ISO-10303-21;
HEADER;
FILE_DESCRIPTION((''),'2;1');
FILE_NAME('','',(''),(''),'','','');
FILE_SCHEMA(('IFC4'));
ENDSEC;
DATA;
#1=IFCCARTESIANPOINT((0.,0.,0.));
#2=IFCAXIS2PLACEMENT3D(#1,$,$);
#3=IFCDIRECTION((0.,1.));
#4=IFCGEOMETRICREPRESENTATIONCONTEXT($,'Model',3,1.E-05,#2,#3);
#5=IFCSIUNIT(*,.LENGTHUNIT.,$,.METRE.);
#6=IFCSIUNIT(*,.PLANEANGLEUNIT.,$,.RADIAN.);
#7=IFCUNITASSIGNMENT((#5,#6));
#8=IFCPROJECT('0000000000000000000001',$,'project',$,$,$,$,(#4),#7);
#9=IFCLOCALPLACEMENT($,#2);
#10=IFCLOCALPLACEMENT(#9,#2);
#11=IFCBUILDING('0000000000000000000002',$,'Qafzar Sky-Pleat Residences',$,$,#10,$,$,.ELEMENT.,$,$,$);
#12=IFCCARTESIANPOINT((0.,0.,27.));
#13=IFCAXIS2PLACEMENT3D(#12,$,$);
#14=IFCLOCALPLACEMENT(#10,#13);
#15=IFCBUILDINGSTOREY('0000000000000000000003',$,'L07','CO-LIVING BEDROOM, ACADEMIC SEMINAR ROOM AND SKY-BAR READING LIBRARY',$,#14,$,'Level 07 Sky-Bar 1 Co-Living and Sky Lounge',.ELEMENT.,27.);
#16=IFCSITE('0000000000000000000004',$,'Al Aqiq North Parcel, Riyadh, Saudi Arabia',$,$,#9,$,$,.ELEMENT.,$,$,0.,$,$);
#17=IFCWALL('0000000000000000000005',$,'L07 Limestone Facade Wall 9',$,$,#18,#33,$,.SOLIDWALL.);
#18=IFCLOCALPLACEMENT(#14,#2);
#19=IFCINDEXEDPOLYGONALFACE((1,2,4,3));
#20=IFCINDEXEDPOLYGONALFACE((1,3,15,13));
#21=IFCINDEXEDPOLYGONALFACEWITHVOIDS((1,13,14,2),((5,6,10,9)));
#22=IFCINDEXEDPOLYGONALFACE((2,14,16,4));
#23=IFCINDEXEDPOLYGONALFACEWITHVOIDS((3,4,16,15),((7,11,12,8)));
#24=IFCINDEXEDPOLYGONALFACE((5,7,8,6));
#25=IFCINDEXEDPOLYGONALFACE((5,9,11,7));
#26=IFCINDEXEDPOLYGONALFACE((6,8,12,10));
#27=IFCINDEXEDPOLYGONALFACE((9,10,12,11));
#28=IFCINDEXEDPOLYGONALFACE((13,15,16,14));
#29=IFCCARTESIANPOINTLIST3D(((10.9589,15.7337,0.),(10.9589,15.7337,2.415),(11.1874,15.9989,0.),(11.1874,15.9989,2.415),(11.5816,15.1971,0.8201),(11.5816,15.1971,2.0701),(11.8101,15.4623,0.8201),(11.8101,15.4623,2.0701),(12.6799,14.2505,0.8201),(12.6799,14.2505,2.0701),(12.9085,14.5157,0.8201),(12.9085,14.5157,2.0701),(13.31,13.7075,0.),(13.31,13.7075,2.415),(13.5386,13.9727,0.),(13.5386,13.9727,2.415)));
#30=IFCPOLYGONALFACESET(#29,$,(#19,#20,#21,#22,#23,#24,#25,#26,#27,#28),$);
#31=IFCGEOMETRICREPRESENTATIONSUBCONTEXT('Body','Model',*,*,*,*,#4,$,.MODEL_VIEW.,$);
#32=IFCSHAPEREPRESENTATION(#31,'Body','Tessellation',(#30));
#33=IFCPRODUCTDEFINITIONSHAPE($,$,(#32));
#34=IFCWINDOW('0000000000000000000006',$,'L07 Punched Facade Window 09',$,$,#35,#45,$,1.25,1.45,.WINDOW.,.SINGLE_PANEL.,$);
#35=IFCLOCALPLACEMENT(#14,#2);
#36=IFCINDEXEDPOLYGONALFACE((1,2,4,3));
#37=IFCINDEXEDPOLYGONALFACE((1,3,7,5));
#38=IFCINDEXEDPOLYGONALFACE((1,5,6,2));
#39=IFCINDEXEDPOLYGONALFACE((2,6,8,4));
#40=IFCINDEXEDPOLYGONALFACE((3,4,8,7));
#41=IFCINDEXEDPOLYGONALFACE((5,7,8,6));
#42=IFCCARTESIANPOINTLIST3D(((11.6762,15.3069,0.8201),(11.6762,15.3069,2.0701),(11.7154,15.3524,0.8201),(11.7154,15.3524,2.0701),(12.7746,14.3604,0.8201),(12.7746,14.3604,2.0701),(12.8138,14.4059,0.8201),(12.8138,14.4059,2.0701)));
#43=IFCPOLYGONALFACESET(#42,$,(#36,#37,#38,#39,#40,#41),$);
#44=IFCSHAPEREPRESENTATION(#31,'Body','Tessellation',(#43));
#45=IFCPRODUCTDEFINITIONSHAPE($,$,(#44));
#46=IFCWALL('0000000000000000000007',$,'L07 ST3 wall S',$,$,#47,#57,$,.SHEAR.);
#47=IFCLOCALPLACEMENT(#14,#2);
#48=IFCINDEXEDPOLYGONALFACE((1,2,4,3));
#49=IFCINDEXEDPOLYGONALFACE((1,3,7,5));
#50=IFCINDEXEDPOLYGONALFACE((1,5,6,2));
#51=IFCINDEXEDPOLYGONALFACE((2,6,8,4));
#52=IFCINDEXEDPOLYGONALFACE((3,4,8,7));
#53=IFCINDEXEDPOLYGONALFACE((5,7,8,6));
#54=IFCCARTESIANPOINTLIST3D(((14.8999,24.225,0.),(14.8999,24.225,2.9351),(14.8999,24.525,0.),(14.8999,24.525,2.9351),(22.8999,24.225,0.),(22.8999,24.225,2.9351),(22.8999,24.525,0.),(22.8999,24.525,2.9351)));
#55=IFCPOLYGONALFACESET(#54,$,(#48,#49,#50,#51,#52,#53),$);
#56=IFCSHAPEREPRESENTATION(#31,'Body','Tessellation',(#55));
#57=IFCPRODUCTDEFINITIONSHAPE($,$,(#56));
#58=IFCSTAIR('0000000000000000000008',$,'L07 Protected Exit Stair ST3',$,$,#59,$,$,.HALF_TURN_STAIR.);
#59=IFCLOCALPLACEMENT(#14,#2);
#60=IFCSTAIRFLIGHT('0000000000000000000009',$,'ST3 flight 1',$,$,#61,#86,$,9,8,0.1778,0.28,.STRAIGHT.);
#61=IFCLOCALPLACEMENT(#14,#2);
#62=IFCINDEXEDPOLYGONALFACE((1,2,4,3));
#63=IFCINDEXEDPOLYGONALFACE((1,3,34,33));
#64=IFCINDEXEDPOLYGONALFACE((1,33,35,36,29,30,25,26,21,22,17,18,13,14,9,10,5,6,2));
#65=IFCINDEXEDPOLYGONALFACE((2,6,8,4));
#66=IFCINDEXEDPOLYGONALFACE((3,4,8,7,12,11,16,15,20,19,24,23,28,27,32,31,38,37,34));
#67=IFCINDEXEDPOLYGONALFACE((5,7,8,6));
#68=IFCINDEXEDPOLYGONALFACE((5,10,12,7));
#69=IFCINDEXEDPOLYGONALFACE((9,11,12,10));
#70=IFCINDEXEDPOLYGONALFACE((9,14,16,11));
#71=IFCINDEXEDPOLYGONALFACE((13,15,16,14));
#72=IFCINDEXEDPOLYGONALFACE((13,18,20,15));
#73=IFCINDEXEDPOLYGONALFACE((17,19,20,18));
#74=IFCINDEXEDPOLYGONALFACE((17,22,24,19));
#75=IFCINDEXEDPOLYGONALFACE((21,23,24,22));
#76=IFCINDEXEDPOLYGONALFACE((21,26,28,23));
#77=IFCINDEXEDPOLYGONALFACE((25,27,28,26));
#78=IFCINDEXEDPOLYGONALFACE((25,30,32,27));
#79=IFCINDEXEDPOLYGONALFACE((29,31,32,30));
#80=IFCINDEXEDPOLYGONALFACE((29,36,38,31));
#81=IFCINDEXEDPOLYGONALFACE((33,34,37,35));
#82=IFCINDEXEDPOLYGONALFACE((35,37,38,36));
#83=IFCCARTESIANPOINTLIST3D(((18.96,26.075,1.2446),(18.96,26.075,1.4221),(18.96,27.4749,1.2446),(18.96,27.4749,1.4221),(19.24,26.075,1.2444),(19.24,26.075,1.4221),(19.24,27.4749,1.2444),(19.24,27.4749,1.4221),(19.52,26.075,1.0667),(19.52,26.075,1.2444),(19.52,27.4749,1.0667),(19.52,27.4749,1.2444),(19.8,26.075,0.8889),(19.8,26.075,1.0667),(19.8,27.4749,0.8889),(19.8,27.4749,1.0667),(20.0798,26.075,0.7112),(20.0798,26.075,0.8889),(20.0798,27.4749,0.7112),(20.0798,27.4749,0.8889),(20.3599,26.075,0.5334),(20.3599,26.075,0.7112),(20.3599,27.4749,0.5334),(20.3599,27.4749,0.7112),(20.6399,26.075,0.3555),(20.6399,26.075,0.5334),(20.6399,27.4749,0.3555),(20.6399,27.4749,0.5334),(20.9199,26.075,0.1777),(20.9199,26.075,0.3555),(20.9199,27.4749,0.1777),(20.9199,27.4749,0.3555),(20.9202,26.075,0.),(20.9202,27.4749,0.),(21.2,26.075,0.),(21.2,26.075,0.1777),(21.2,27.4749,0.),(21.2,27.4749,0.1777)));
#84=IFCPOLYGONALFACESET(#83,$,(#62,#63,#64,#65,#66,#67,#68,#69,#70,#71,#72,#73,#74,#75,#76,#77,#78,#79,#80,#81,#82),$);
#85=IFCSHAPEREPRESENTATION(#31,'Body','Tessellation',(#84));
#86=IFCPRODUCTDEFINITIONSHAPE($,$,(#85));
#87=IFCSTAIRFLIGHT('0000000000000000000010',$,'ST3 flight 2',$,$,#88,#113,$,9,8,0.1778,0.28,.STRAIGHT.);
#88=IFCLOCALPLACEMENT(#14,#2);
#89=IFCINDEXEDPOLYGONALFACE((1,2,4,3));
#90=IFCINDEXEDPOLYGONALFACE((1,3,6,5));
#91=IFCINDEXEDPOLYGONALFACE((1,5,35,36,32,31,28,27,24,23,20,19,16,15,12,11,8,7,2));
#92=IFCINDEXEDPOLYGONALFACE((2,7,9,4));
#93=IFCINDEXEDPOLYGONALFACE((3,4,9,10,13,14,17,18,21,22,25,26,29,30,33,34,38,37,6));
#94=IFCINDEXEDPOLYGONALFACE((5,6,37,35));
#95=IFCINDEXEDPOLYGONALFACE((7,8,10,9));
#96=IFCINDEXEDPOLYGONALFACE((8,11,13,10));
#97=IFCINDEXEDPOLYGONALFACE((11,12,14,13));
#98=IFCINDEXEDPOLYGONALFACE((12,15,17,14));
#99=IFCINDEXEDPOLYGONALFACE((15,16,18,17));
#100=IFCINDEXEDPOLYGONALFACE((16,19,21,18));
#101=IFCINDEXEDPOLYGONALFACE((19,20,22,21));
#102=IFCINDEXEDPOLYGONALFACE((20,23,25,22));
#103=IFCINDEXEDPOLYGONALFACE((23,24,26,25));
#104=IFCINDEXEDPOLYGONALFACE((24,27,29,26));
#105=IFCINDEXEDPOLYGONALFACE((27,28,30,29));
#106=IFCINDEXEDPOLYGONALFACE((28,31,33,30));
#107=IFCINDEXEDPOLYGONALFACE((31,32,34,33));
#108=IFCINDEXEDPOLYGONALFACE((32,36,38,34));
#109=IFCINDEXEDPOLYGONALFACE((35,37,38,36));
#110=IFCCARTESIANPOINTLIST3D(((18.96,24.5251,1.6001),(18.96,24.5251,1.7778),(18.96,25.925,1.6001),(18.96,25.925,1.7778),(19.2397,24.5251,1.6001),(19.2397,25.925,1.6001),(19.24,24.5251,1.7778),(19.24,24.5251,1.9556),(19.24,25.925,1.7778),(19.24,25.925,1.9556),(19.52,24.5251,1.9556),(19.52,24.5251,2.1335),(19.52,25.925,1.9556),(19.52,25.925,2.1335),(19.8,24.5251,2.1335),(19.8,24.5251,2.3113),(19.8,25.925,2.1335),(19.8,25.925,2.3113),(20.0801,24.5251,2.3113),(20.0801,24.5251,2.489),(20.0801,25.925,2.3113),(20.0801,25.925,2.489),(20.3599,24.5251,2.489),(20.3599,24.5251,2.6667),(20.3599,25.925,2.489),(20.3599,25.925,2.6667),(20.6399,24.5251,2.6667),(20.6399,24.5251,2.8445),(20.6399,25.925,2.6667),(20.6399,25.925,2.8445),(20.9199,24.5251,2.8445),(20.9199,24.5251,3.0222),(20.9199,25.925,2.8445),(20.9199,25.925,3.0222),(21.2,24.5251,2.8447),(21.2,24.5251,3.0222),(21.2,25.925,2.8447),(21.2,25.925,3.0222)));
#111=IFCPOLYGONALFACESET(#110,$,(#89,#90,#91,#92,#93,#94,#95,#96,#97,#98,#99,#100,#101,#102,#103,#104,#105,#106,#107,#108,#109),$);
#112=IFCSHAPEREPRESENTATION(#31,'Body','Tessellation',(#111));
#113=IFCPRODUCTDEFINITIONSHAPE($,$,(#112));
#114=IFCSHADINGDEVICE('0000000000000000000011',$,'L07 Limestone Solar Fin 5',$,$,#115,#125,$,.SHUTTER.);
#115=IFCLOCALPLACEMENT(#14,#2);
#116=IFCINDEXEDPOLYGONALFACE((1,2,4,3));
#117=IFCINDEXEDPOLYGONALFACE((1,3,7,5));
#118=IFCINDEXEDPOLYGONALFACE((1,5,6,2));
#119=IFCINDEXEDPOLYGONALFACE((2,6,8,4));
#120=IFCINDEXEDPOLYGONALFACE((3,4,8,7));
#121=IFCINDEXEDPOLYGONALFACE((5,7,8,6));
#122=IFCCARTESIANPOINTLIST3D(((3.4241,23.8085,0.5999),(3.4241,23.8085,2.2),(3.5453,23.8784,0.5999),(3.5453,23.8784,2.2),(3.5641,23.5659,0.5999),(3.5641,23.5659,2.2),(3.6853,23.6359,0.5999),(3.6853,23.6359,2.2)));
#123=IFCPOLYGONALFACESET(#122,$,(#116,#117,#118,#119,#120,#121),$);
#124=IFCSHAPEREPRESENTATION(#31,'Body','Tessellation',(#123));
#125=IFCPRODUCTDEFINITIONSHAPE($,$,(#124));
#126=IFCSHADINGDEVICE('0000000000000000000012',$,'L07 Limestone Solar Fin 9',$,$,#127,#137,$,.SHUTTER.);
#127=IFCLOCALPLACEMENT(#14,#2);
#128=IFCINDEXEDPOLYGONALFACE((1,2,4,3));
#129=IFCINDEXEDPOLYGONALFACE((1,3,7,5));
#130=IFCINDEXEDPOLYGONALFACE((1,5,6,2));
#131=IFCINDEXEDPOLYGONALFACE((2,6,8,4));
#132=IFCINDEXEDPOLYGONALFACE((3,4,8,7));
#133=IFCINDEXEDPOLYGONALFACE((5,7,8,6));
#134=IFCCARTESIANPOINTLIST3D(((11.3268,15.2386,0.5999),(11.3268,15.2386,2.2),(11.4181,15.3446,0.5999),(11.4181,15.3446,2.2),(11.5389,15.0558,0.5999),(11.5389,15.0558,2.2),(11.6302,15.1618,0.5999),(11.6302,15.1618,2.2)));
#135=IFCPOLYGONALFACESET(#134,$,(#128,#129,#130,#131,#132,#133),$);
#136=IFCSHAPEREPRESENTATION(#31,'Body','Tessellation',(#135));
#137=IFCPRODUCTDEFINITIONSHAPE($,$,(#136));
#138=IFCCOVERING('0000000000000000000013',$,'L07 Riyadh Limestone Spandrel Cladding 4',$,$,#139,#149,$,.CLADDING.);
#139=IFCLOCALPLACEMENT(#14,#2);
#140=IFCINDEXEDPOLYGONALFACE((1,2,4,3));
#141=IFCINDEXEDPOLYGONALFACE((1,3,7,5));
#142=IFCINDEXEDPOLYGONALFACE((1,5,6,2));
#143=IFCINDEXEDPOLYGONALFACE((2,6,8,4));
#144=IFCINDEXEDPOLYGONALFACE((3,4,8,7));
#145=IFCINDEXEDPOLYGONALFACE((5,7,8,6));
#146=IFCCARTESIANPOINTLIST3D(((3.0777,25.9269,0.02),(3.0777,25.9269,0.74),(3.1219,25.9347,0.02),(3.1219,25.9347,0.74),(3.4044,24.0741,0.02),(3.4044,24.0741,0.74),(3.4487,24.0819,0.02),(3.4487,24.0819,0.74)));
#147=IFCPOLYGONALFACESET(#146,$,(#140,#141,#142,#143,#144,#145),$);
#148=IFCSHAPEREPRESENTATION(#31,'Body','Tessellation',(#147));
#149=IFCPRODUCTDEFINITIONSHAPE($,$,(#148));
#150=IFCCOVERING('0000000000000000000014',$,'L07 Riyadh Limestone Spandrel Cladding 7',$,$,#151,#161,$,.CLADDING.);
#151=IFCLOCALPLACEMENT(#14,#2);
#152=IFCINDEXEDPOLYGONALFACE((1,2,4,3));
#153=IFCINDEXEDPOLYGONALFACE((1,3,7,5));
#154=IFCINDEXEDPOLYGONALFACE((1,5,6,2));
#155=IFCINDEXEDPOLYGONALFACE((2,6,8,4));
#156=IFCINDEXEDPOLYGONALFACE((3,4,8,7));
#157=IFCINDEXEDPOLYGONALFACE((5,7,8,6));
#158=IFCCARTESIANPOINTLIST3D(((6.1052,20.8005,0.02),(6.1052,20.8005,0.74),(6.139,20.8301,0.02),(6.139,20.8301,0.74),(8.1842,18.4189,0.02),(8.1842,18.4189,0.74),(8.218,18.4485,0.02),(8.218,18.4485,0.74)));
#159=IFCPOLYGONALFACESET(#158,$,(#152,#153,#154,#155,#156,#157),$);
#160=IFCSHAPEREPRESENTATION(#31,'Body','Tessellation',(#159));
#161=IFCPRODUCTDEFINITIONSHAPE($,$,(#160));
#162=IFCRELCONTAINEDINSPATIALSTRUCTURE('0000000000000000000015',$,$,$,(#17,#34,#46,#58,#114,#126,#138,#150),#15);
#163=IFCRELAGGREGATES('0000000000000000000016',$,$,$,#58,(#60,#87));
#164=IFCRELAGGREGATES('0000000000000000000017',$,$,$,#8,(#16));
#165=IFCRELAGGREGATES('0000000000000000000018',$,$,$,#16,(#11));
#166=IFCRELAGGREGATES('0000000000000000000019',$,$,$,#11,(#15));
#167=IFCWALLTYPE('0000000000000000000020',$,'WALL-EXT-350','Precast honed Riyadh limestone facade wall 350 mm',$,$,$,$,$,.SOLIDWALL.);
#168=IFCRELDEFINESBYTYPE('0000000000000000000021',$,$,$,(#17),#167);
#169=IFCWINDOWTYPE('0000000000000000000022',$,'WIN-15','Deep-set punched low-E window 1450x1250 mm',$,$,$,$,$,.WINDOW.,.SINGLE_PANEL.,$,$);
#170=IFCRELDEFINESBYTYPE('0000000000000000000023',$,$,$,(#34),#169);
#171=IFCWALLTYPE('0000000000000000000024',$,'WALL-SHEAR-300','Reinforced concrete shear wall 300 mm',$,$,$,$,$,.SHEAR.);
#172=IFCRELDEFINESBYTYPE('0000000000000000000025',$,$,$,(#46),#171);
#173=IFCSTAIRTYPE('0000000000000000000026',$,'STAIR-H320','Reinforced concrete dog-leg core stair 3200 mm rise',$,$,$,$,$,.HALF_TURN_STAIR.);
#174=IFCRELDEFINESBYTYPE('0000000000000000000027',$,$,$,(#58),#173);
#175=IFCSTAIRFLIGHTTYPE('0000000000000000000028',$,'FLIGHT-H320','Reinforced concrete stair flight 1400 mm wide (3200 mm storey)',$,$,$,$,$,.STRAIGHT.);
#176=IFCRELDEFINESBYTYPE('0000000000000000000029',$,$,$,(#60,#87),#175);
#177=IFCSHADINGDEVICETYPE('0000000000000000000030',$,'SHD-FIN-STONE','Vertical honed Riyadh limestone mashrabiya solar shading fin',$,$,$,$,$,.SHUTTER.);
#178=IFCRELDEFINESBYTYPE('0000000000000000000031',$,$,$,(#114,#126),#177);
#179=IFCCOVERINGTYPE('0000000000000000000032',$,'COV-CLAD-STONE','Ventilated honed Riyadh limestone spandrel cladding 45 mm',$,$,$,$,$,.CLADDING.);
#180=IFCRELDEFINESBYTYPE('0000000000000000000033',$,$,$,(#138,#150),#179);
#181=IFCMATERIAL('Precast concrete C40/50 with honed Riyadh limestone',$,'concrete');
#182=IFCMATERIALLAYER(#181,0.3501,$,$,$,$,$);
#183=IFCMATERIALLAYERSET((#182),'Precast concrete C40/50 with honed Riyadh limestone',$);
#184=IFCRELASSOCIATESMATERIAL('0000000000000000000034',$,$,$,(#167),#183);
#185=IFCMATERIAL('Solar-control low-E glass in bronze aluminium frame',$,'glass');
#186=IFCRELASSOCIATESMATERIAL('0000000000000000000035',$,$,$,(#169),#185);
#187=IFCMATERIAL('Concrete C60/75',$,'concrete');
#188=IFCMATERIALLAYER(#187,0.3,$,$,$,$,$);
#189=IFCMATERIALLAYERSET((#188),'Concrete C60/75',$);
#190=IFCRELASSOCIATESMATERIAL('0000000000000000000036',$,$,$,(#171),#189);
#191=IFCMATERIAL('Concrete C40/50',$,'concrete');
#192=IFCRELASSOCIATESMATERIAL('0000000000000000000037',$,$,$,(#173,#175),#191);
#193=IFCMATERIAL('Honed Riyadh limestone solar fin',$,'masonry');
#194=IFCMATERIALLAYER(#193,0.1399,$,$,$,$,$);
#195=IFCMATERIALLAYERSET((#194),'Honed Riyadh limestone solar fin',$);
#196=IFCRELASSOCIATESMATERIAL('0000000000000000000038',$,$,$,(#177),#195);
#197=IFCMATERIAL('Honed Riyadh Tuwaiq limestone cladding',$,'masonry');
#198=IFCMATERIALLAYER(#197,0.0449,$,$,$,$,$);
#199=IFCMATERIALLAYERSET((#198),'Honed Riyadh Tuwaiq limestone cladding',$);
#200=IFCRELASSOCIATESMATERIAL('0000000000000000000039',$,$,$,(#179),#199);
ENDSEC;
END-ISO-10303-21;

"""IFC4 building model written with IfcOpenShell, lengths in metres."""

from ifc_helpers import new_model, si_unit, direction, frame, frame_2d, origin, origin_2d, place, context, subcontext, project, spatial, polyline, rectangle, outline, extrude, source, transform, mapped, material, layer, layer_set, type_object, element, fill, aggregate, save


model = new_model("IFC4")

# Units and contexts
model_context = context("Model", 3, precision=1e-05, world=origin(), true_north=direction((0.0, 1.0)))
body_context = subcontext(model_context, "Body", "Model", "MODEL_VIEW")
ifc_project = project(units=[si_unit("LENGTHUNIT", "METRE"), si_unit("PLANEANGLEUNIT", "RADIAN")], contexts=[model_context])

# Site, building, storey
site_placement = place(None, origin())
site = spatial("IfcSite", under=ifc_project, at=site_placement, Name="Al Aqiq North Parcel, Riyadh, Saudi Arabia", CompositionType="ELEMENT", RefElevation=0.0)
building_placement = place(site_placement, origin())
building = spatial("IfcBuilding", under=site, at=building_placement, Name="Qafzar Sky-Pleat Residences", CompositionType="ELEMENT")
storey_placement = place(building_placement, frame((0.0, 0.0, 27.0)))
storey = spatial("IfcBuildingStorey", under=building, at=storey_placement, Name="L07", Description="CO-LIVING BEDROOM, ACADEMIC SEMINAR ROOM AND SKY-BAR READING LIBRARY", LongName="Level 07 Sky-Bar 1 Co-Living and Sky Lounge", CompositionType="ELEMENT", Elevation=27.0)

# Shared definitions
ifc_material_1 = material(Name="Concrete C60/75", Category="concrete")

# Shared definitions
ifc_material_2 = material(Name="Precast concrete C40/50 with honed Riyadh limestone", Category="concrete")
ifc_layer_1 = layer(ifc_material_2, 0.3501)
ifc_layer_set_1 = layer_set([ifc_layer_1], Name="Precast concrete C40/50 with honed Riyadh limestone")
wall_type_1 = type_object("IfcWallType", Name="WALL-EXT-350", Description="Precast honed Riyadh limestone facade wall 350 mm", PredefinedType="SOLIDWALL", material=ifc_layer_set_1)
ifc_material_3 = material(Name="Solar-control low-E glass in bronze aluminium frame", Category="glass")
window_type_1 = type_object("IfcWindowType", Name="WIN-15", Description="Deep-set punched low-E window 1450x1250 mm", PartitioningType="SINGLE_PANEL", PredefinedType="WINDOW", material=ifc_material_3)
shared_shape_1 = source(origin(), body_context, "Body", "SweptSolid", [
    extrude(rectangle(XDim=1.45, YDim=1.25, at=frame_2d((0.7251, 0.625))), frame((0.0, 0.03, 0.0), z_axis=(0.0, -1.0, 0.0), x_axis=(1.0, 0.0, 0.0)), (0.0, 0.0, 1.0), 0.0601),
])

# Wall, opening, window
wall_1_placement = place(storey_placement, frame((11.0732, 15.8662, 0.0), z_axis=(0.0, 0.0, 1.0), x_axis=(0.757516, -0.652817, 0.0)))
wall_1 = element("IfcWall", 1, at=wall_1_placement, inside=storey, type_object=wall_type_1, Name="L07 Limestone Facade Wall 9", PredefinedType="SOLIDWALL", context=body_context, shape_type="SweptSolid", body=[
    extrude(rectangle(XDim=3.1038, YDim=0.3501, at=frame_2d((1.5518, 0.0))), origin(), (0.0, 0.0, 1.0), 2.415),
])
opening_1_placement = place(wall_1_placement, frame((0.8218, 0.0, 0.8201)))
opening_1 = element("IfcOpeningElement", 2, at=opening_1_placement, cuts=wall_1, PredefinedType="OPENING", context=body_context, shape_type="SweptSolid", body=[
    extrude(rectangle(XDim=1.45, YDim=1.25, at=frame_2d((0.7251, 0.625))), frame((0.0, 0.1851, 0.0), z_axis=(0.0, -1.0, 0.0), x_axis=(1.0, 0.0, 0.0)), (0.0, 0.0, 1.0), 0.3701),
])
window_1_placement = place(opening_1_placement, origin())
window_1 = element("IfcWindow", 3, at=window_1_placement, inside=storey, type_object=window_type_1, Name="L07 Punched Facade Window 09", OverallHeight=1.25, OverallWidth=1.45, PartitioningType="SINGLE_PANEL", PredefinedType="WINDOW", context=body_context, shape_type="MappedRepresentation", body=[
    mapped(shared_shape_1, transform((0.0, 0.0, 0.0), x_axis=(1.0, 0.0, 0.0), y_axis=(0.0, 1.0, 0.0), z_axis=(0.0, 0.0, 1.0), scale=1.0)),
])
fill(opening_1, window_1)

# Wall
ifc_layer_2 = layer(ifc_material_1, 0.3)
ifc_layer_set_2 = layer_set([ifc_layer_2], Name="Concrete C60/75")
wall_type_2 = type_object("IfcWallType", Name="WALL-SHEAR-300", Description="Reinforced concrete shear wall 300 mm", PredefinedType="SHEAR", material=ifc_layer_set_2)
wall_2_placement = place(storey_placement, frame((14.8999, 24.375, 0.0), z_axis=(0.0, 0.0, 1.0), x_axis=(1.0, 0.0, 0.0)))
element("IfcWall", 4, at=wall_2_placement, inside=storey, type_object=wall_type_2, Name="L07 ST3 wall S", PredefinedType="SHEAR", context=body_context, shape_type="SweptSolid", body=[
    extrude(rectangle(XDim=8.0, YDim=0.3, at=frame_2d((4.0, 0.0))), origin(), (0.0, 0.0, 1.0), 2.9351),
])

# Stair, stair flights
ifc_material_4 = material(Name="Concrete C40/50", Category="concrete")
stair_type = type_object("IfcStairType", Name="STAIR-H320", Description="Reinforced concrete dog-leg core stair 3200 mm rise", PredefinedType="HALF_TURN_STAIR", material=ifc_material_4)
stair_placement = place(storey_placement, origin())
stair = element("IfcStair", 5, at=stair_placement, inside=storey, type_object=stair_type, Name="L07 Protected Exit Stair ST3", PredefinedType="HALF_TURN_STAIR")
stair_flight_type = type_object("IfcStairFlightType", Name="FLIGHT-H320", Description="Reinforced concrete stair flight 1400 mm wide (3200 mm storey)", PredefinedType="STRAIGHT", material=ifc_material_4)
shared_shape_2 = source(origin(), body_context, "Body", "SweptSolid", [
    extrude(outline(polyline([(0.0, 0.0), (0.0, 0.1777), (0.28, 0.1777), (0.28, 0.3555), (0.5601, 0.3555), (0.5601, 0.5334), (0.8401, 0.5334), (0.8401, 0.7112), (1.1201, 0.7112), (1.1201, 0.8889), (1.3999, 0.8889), (1.3999, 1.0667), (1.6799, 1.0667), (1.6799, 1.2444), (1.96, 1.2444), (1.96, 1.4221), (2.24, 1.4221), (2.24, 1.6001), (2.24, 1.2446), (0.2798, 0.0), (0.0, 0.0)])), frame((0.0, 0.7, 0.0), z_axis=(0.0, -1.0, 0.0), x_axis=(1.0, 0.0, 0.0)), (0.0, 0.0, 1.0), 1.3999),
])
stair_flight_1_placement = place(storey_placement, frame((21.2, 26.7749, 0.0), z_axis=(0.0, 0.0, 1.0), x_axis=(-1.0, 0.0, 0.0)))
stair_flight_1 = element("IfcStairFlight", 6, at=stair_flight_1_placement, type_object=stair_flight_type, Name="ST3 flight 1", NumberOfRisers=9, NumberOfTreads=8, PredefinedType="STRAIGHT", RiserHeight=0.1778, TreadLength=0.28, context=body_context, shape_type="MappedRepresentation", body=[
    mapped(shared_shape_2, transform((0.0, 0.0, 0.0), x_axis=(1.0, 0.0, 0.0), y_axis=(0.0, 1.0, 0.0), z_axis=(0.0, 0.0, 1.0), scale=1.0)),
])
stair_flight_2_placement = place(storey_placement, frame((18.96, 25.2251, 1.6001), z_axis=(0.0, 0.0, 1.0), x_axis=(1.0, 0.0, 0.0)))
stair_flight_2 = element("IfcStairFlight", 7, at=stair_flight_2_placement, type_object=stair_flight_type, Name="ST3 flight 2", NumberOfRisers=9, NumberOfTreads=8, PredefinedType="STRAIGHT", RiserHeight=0.1778, TreadLength=0.28, context=body_context, shape_type="MappedRepresentation", body=[
    mapped(shared_shape_2, transform((0.0, 0.0, 0.0), x_axis=(1.0, 0.0, 0.0), y_axis=(0.0, 1.0, 0.0), z_axis=(0.0, 0.0, 1.0), scale=1.0)),
])
aggregate(stair, [stair_flight_1, stair_flight_2])

# Shading devices
ifc_material_5 = material(Name="Honed Riyadh limestone solar fin", Category="masonry")
ifc_layer_3 = layer(ifc_material_5, 0.1399)
ifc_layer_set_3 = layer_set([ifc_layer_3], Name="Honed Riyadh limestone solar fin")
shading_device_type = type_object("IfcShadingDeviceType", Name="SHD-FIN-STONE", Description="Vertical honed Riyadh limestone mashrabiya solar shading fin", PredefinedType="SHUTTER", material=ifc_layer_set_3)
shared_shape_3 = source(origin(), body_context, "Body", "SweptSolid", [
    extrude(rectangle(XDim=0.1399, YDim=0.28, at=origin_2d()), origin(), (0.0, 0.0, 1.0), 1.6001),
])
for number, where, z_axis, x_axis, name in (
    (8, (3.5547, 23.7222, 0.5999), (0.0, 0.0, 1.0), (-0.866044, -0.499967, 0.0), "L07 Limestone Solar Fin 5"),
    (9, (11.4785, 15.2002, 0.5999), (0.0, 0.0, 1.0), (-0.652861, -0.757477, 0.0), "L07 Limestone Solar Fin 9"),
):
    element("IfcShadingDevice", number, at=place(storey_placement, frame(where, z_axis=z_axis, x_axis=x_axis)), inside=storey, type_object=shading_device_type, Name=name, PredefinedType="SHUTTER", context=body_context, shape_type="MappedRepresentation", body=[
        mapped(shared_shape_3, transform((0.0, 0.0, 0.0), x_axis=(1.0, 0.0, 0.0), y_axis=(0.0, 1.0, 0.0), z_axis=(0.0, 0.0, 1.0), scale=1.0)),
    ])

# Covering
ifc_material_6 = material(Name="Honed Riyadh Tuwaiq limestone cladding", Category="masonry")
ifc_layer_4 = layer(ifc_material_6, 0.0449)
ifc_layer_set_4 = layer_set([ifc_layer_4], Name="Honed Riyadh Tuwaiq limestone cladding")
covering_type = type_object("IfcCoveringType", Name="COV-CLAD-STONE", Description="Ventilated honed Riyadh limestone spandrel cladding 45 mm", PredefinedType="CLADDING", material=ifc_layer_set_4)
shared_shape_4 = source(origin(), body_context, "Body", "SweptSolid", [
    extrude(rectangle(XDim=1.8813, YDim=0.0449, at=origin_2d()), origin(), (0.0, 0.0, 1.0), 0.72),
])
covering_1_placement = place(storey_placement, frame((3.2632, 25.0044, 0.02), z_axis=(0.0, 0.0, 1.0), x_axis=(0.173663, -0.984805, 0.0)))
element("IfcCovering", 10, at=covering_1_placement, inside=storey, type_object=covering_type, Name="L07 Riyadh Limestone Spandrel Cladding 4", PredefinedType="CLADDING", context=body_context, shape_type="MappedRepresentation", body=[
    mapped(shared_shape_4, transform((0.0, 0.0, 0.0), x_axis=(1.0, 0.0, 0.0), y_axis=(0.0, 1.0, 0.0), z_axis=(0.0, 0.0, 1.0), scale=1.0)),
])

# Covering
shared_shape_5 = source(origin(), body_context, "Body", "SweptSolid", [
    extrude(rectangle(XDim=3.1614, YDim=0.0449, at=origin_2d()), origin(), (0.0, 0.0, 1.0), 0.72),
])
covering_2_placement = place(storey_placement, frame((7.1616, 19.6245, 0.02), z_axis=(0.0, 0.0, 1.0), x_axis=(0.657627, -0.753343, 0.0)))
element("IfcCovering", 11, at=covering_2_placement, inside=storey, type_object=covering_type, Name="L07 Riyadh Limestone Spandrel Cladding 7", PredefinedType="CLADDING", context=body_context, shape_type="MappedRepresentation", body=[
    mapped(shared_shape_5, transform((0.0, 0.0, 0.0), x_axis=(1.0, 0.0, 0.0), y_axis=(0.0, 1.0, 0.0), z_axis=(0.0, 0.0, 1.0), scale=1.0)),
])

save(model, "model.ifc")
